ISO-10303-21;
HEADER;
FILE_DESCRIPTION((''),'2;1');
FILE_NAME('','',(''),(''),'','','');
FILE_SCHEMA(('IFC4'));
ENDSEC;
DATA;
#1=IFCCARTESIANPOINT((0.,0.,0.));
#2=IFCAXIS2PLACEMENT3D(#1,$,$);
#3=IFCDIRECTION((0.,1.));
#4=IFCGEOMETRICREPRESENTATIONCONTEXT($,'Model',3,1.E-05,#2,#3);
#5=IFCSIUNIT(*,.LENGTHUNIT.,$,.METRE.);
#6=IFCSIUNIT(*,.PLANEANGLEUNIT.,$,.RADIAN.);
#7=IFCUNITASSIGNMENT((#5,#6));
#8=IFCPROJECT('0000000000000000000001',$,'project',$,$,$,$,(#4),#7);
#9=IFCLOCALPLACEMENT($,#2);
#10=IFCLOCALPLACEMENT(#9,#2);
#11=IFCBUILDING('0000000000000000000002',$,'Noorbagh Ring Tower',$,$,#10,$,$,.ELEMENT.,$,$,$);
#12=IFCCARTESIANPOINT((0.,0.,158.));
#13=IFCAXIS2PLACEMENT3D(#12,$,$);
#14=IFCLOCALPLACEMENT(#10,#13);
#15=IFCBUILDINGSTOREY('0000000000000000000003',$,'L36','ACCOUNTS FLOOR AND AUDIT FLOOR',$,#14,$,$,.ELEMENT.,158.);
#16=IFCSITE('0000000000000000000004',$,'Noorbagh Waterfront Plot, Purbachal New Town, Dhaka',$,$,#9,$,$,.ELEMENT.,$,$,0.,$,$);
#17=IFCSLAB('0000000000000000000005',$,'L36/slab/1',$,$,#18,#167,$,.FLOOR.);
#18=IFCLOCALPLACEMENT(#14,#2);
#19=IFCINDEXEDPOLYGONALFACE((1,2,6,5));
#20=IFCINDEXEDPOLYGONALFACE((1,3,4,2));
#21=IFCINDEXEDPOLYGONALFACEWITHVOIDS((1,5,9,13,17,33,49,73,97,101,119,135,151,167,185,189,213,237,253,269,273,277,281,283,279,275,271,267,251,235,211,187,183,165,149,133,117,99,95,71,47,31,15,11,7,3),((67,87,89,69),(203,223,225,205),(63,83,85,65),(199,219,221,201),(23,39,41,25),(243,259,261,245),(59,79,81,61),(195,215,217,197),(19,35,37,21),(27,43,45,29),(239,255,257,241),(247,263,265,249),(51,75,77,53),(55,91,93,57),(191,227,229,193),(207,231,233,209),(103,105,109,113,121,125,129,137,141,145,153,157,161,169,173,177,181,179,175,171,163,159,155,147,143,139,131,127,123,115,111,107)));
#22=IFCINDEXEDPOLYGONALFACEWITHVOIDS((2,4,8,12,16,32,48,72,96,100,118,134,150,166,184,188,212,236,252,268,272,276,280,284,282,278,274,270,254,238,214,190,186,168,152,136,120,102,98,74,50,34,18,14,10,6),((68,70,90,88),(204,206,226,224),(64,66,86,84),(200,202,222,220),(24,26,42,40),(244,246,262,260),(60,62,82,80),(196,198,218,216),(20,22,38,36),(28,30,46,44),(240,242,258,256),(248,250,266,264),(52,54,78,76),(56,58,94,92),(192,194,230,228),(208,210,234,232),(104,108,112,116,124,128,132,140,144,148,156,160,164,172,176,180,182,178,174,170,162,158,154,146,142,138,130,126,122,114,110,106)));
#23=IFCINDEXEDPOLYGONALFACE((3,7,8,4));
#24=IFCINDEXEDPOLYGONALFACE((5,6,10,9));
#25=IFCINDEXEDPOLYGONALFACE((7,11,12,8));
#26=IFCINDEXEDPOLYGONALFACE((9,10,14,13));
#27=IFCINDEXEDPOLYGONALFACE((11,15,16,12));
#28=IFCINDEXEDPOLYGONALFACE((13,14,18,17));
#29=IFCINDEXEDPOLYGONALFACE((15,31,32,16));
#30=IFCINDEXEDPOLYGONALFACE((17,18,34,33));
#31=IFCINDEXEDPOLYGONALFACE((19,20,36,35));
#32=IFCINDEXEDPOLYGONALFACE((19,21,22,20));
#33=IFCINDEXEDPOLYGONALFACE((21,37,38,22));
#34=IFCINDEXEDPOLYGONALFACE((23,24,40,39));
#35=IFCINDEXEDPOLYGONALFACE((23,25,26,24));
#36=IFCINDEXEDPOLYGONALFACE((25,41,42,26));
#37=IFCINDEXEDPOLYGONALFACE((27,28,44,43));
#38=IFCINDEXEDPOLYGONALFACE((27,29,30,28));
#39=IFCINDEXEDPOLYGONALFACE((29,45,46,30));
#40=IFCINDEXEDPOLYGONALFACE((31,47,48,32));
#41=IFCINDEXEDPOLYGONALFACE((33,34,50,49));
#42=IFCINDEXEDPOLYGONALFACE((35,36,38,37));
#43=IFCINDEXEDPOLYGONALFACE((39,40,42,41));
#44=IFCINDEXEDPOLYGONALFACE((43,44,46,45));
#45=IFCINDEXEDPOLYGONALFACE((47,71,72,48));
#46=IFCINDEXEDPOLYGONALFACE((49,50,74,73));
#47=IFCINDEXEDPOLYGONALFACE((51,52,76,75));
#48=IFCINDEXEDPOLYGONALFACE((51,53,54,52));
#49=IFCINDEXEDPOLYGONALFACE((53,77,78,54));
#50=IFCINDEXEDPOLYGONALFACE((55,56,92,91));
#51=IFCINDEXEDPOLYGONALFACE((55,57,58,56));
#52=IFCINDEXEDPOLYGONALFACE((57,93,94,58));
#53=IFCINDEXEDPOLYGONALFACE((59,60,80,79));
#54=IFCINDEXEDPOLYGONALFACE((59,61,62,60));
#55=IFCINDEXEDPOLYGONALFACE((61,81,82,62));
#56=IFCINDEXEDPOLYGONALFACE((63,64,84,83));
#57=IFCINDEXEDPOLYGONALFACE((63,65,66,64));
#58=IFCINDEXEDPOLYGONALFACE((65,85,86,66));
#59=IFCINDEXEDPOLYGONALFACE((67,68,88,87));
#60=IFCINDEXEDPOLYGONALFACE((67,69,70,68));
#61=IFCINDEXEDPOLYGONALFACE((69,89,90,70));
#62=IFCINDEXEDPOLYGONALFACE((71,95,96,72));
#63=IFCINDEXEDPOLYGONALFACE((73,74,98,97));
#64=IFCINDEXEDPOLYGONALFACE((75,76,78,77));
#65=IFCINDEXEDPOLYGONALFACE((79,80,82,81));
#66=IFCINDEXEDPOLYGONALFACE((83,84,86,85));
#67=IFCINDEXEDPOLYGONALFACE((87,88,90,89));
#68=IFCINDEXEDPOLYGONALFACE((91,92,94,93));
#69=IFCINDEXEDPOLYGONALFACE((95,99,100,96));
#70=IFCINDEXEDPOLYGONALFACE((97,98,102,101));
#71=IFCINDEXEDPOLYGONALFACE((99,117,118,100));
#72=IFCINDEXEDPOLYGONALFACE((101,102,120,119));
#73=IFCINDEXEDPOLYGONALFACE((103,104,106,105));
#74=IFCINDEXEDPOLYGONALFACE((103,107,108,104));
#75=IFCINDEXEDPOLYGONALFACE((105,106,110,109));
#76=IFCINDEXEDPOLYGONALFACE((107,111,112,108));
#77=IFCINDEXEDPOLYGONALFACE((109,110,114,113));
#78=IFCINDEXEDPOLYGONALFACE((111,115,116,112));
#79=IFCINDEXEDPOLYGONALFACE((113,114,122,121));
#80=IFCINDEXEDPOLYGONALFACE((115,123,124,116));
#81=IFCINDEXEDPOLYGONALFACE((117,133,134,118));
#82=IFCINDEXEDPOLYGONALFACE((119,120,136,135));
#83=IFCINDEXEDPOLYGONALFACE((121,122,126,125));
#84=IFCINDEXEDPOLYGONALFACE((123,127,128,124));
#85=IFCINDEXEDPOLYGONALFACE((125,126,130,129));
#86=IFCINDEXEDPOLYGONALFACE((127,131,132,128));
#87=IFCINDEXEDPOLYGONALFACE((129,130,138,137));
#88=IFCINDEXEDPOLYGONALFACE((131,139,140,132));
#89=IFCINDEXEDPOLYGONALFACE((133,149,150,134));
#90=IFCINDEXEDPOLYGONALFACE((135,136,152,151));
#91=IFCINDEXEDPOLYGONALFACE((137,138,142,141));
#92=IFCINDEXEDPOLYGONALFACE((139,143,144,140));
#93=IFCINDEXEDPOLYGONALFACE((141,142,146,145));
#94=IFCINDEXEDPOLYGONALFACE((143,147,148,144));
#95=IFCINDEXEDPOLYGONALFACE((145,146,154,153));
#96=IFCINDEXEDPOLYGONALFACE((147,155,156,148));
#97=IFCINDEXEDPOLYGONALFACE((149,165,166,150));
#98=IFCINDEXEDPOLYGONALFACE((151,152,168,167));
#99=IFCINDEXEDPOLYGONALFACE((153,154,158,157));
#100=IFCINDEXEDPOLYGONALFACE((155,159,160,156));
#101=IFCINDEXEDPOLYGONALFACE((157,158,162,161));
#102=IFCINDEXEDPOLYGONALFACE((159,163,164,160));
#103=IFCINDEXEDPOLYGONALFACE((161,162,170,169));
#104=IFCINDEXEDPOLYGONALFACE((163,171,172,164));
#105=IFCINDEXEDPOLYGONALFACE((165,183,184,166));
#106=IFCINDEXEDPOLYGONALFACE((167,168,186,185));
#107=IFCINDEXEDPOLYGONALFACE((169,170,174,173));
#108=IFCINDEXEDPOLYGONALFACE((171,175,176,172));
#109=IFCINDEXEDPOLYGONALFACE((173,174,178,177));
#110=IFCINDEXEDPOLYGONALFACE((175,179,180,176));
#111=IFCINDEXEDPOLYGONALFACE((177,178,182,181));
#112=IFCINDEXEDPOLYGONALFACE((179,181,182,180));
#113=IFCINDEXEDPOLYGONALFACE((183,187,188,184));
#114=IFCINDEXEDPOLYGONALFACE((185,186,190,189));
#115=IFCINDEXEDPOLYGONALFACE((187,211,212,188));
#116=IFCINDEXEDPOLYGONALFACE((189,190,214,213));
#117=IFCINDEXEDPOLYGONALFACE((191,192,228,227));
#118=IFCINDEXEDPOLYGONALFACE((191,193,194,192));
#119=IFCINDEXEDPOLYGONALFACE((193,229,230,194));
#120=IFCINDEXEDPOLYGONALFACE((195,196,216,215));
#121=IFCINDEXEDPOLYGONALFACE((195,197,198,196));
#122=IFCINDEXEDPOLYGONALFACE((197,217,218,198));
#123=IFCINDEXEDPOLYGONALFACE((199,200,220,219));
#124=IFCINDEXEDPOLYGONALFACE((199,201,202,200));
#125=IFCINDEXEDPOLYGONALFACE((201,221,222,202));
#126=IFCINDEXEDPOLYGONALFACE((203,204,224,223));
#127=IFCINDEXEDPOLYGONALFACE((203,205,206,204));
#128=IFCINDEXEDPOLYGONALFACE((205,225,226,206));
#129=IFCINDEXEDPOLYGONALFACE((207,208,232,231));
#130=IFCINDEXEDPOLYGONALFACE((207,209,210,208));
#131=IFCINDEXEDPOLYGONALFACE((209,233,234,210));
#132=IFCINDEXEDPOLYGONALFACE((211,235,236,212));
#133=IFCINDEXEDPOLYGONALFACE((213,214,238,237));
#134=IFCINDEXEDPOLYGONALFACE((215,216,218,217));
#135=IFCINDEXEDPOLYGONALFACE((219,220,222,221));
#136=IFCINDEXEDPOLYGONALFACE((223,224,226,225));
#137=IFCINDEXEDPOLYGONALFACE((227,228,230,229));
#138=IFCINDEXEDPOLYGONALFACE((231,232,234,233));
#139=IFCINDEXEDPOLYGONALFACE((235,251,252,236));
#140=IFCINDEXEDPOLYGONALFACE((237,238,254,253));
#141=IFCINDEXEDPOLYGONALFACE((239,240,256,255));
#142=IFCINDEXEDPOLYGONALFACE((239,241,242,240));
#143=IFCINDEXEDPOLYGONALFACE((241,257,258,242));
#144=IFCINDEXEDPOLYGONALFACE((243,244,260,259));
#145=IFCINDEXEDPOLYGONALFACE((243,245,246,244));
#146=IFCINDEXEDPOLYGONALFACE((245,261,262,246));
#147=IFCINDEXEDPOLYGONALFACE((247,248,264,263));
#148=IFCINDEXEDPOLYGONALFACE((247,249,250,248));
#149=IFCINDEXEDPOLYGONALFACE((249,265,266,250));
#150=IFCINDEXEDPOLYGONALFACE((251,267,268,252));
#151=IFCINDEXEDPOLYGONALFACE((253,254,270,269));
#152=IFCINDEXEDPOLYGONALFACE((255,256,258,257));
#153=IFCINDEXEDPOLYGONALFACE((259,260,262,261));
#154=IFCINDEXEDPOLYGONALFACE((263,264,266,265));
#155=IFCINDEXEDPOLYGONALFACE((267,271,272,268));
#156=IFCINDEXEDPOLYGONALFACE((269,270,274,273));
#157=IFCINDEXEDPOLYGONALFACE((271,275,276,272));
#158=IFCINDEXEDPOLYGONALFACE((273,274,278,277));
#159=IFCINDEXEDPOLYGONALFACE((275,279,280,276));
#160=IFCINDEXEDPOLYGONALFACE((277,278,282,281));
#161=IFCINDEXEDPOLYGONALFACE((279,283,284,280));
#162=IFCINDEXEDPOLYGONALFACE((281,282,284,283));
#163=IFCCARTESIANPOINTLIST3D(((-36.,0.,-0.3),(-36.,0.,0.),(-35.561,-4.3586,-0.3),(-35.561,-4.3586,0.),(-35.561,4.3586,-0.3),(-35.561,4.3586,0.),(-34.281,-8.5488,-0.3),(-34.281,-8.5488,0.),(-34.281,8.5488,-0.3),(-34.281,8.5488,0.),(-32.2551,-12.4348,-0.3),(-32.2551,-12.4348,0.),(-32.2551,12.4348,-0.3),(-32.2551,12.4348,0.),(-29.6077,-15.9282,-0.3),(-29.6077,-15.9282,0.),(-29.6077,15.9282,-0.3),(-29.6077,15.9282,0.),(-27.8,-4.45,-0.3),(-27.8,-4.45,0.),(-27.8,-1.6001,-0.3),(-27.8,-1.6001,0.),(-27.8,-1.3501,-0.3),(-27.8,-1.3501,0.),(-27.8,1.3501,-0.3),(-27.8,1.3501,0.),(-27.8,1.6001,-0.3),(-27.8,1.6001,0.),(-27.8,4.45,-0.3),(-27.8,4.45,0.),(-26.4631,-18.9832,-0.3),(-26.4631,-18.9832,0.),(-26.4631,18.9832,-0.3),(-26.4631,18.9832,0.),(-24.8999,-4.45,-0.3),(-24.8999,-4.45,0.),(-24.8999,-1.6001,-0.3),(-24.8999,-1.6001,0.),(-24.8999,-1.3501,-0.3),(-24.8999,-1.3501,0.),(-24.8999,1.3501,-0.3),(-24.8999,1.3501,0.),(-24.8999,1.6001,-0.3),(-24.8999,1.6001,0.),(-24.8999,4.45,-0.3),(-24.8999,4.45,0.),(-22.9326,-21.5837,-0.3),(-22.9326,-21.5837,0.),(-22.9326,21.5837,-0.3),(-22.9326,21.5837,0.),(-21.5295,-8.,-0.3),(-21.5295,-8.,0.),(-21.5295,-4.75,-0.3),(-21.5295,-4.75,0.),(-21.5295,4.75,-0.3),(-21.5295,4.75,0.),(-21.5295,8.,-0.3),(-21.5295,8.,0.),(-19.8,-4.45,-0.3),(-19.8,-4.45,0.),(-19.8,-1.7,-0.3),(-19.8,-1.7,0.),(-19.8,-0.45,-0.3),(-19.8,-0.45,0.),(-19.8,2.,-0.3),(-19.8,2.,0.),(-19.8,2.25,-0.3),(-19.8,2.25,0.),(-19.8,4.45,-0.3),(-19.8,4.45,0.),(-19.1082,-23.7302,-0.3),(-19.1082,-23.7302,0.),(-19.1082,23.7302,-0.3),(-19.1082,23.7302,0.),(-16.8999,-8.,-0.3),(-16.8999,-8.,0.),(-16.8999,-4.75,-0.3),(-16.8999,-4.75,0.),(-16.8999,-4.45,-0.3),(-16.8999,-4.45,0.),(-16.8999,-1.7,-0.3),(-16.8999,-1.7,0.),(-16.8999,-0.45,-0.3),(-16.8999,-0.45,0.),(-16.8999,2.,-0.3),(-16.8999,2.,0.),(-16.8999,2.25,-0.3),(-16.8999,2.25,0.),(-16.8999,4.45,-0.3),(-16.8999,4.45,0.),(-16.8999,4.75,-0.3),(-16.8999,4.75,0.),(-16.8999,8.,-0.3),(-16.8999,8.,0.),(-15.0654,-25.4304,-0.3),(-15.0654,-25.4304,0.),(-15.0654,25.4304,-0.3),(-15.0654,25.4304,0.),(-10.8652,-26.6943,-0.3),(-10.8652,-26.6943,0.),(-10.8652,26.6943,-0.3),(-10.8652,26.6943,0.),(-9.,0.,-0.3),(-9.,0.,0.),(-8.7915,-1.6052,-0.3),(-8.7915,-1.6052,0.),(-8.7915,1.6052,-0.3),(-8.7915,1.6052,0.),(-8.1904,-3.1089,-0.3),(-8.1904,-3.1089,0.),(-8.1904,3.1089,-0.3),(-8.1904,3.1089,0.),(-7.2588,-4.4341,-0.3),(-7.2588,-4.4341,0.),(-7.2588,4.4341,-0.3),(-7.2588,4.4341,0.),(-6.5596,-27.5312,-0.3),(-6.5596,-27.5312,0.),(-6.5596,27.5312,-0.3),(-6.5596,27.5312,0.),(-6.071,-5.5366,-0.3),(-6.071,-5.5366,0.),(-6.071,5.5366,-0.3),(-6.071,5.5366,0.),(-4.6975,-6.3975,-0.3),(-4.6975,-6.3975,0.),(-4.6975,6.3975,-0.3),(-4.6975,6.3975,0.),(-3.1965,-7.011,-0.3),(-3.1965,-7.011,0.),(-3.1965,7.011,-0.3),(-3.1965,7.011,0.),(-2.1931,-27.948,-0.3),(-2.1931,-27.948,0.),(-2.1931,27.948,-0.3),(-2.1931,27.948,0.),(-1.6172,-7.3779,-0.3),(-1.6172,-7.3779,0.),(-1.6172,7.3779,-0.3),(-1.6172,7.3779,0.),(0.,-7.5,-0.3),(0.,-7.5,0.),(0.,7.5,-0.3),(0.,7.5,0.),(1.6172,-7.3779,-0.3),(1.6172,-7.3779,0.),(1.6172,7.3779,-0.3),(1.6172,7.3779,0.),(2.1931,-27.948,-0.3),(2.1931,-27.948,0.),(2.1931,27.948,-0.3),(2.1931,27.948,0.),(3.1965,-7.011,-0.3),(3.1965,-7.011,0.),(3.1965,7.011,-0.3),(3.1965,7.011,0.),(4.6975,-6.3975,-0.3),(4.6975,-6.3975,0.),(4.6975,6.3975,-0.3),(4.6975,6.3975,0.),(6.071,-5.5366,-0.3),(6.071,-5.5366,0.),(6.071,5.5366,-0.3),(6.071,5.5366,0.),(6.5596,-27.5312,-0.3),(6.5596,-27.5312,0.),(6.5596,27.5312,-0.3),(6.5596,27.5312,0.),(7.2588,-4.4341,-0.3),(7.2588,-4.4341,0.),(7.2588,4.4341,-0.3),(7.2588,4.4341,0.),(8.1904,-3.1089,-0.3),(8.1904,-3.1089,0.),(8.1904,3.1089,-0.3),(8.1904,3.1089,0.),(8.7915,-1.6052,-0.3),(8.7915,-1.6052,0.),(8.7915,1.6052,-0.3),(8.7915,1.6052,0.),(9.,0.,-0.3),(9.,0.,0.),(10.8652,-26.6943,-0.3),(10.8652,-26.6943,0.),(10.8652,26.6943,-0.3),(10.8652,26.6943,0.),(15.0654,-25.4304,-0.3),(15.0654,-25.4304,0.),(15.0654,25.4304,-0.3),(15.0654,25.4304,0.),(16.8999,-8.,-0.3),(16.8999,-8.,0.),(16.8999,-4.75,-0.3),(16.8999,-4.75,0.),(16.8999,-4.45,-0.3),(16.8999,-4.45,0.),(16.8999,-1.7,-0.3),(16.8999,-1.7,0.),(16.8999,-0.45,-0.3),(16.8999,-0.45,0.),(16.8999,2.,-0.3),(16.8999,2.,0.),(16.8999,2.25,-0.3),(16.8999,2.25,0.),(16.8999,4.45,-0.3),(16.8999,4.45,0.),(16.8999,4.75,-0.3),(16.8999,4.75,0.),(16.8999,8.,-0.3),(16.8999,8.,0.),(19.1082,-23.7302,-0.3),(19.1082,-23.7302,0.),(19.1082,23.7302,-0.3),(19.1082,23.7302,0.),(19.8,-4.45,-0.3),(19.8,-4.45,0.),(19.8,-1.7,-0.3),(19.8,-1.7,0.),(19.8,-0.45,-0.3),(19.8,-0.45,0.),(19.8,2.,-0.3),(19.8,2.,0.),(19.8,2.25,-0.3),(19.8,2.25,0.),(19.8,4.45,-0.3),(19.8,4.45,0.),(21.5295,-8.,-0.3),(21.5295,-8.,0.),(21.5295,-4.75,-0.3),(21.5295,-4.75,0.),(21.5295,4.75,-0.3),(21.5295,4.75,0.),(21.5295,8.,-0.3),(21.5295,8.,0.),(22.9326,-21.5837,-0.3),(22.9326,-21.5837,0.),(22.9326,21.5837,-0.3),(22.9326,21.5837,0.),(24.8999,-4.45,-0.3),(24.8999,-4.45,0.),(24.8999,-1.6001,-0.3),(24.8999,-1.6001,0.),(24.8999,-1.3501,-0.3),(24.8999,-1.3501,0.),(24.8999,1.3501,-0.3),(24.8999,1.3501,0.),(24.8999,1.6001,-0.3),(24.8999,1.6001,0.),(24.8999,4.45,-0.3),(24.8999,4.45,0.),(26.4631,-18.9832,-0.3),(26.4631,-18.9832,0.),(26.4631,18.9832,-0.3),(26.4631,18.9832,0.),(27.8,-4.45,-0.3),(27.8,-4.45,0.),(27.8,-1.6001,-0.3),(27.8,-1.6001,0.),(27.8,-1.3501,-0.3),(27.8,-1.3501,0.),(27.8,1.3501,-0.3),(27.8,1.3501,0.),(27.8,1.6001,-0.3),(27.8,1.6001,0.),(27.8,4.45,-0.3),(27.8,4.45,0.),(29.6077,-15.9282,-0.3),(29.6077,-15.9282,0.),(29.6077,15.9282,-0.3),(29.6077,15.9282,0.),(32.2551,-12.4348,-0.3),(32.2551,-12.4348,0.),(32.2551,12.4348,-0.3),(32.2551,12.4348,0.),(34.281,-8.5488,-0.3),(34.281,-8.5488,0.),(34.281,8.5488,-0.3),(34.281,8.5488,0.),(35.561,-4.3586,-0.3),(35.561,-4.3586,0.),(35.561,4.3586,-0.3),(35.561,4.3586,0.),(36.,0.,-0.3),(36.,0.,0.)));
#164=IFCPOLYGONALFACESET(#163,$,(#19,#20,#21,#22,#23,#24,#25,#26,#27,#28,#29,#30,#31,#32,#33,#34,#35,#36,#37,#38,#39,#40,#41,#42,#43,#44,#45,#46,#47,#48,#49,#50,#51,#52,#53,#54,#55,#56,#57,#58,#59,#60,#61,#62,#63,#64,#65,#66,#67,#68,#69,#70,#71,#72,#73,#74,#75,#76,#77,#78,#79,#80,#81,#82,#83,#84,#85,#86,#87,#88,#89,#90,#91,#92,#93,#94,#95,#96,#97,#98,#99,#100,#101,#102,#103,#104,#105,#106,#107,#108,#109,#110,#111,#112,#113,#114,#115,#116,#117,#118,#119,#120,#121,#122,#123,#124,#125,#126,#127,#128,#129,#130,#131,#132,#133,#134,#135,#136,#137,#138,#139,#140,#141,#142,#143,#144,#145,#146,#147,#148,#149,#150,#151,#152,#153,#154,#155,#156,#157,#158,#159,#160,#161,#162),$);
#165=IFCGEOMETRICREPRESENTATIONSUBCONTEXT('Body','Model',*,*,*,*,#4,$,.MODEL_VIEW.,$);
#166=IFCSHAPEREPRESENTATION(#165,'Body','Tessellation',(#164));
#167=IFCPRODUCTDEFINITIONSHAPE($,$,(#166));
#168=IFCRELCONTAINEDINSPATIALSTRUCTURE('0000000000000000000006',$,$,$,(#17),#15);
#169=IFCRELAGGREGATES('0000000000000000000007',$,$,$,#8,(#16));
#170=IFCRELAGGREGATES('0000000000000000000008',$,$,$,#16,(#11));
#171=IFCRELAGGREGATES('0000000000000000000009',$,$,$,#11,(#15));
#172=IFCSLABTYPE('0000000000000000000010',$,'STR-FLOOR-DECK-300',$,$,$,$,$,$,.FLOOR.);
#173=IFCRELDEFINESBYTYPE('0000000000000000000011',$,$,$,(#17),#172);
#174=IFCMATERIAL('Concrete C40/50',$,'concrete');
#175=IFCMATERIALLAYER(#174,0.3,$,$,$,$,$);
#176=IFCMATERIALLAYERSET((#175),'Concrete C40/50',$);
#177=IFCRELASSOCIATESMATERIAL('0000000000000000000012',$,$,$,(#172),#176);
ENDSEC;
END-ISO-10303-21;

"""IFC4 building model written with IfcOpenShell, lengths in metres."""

from ifc_helpers import new_model, si_unit, direction, frame, origin, place, context, subcontext, project, spatial, polyline, outline, extrude, material, layer, layer_set, type_object, element, save


model = new_model("IFC4")

# Units and contexts
model_context = context("Model", 3, precision=1e-05, world=origin(), true_north=direction((0.0, 1.0)))
body_context = subcontext(model_context, "Body", "Model", "MODEL_VIEW")
ifc_project = project(units=[si_unit("LENGTHUNIT", "METRE"), si_unit("PLANEANGLEUNIT", "RADIAN")], contexts=[model_context])

# Site, building, storey
site_placement = place(None, origin())
site = spatial("IfcSite", under=ifc_project, at=site_placement, Name="Noorbagh Waterfront Plot, Purbachal New Town, Dhaka", CompositionType="ELEMENT", RefElevation=0.0)
building_placement = place(site_placement, origin())
building = spatial("IfcBuilding", under=site, at=building_placement, Name="Noorbagh Ring Tower", CompositionType="ELEMENT")
storey_placement = place(building_placement, frame((0.0, 0.0, 158.0)))
storey = spatial("IfcBuildingStorey", under=building, at=storey_placement, Name="L36", Description="ACCOUNTS FLOOR AND AUDIT FLOOR", CompositionType="ELEMENT", Elevation=158.0)

# Slab
ifc_material_1 = material(Name="Concrete C40/50", Category="concrete")
ifc_layer_1 = layer(ifc_material_1, 0.3)
ifc_layer_set_1 = layer_set([ifc_layer_1], Name="Concrete C40/50")
slab_type_1 = type_object("IfcSlabType", Name="STR-FLOOR-DECK-300", PredefinedType="FLOOR", material=ifc_layer_set_1)
slab_1_placement = place(storey_placement, frame((0.0, 0.0, -0.3)))
element("IfcSlab", 1, at=slab_1_placement, inside=storey, type_object=slab_type_1, Name="L36/slab/1", PredefinedType="FLOOR", context=body_context, shape_type="SweptSolid", body=[
    extrude(outline(polyline([(36.0, 0.0), (35.561, 4.3586), (34.281, 8.5488), (32.2551, 12.4348), (29.6077, 15.9282), (26.4631, 18.9832), (22.9326, 21.5837), (19.1082, 23.7302), (15.0654, 25.4304), (10.8652, 26.6943), (6.5596, 27.5312), (2.1931, 27.948), (-2.1931, 27.948), (-6.5596, 27.5312), (-10.8652, 26.6943), (-15.0654, 25.4304), (-19.1082, 23.7302), (-22.9326, 21.5837), (-26.4631, 18.9832), (-29.6077, 15.9282), (-32.2551, 12.4348), (-34.281, 8.5488), (-35.561, 4.3586), (-36.0, 0.0), (-35.561, -4.3586), (-34.281, -8.5488), (-32.2551, -12.4348), (-29.6077, -15.9282), (-26.4631, -18.9832), (-22.9326, -21.5837), (-19.1082, -23.7302), (-15.0654, -25.4304), (-10.8652, -26.6943), (-6.5596, -27.5312), (-2.1931, -27.948), (2.1931, -27.948), (6.5596, -27.5312), (10.8652, -26.6943), (15.0654, -25.4304), (19.1082, -23.7302), (22.9326, -21.5837), (26.4631, -18.9832), (29.6077, -15.9282), (32.2551, -12.4348), (34.281, -8.5488), (35.561, -4.3586), (36.0, 0.0)]), holes=[polyline([(24.8999, 4.45), (27.8, 4.45), (27.8, 1.6001), (24.8999, 1.6001), (24.8999, 4.45)]), polyline([(24.8999, 1.3501), (27.8, 1.3501), (27.8, -1.3501), (24.8999, -1.3501), (24.8999, 1.3501)]), polyline([(24.8999, -1.6001), (27.8, -1.6001), (27.8, -4.45), (24.8999, -4.45), (24.8999, -1.6001)]), polyline([(21.5295, -8.0), (16.8999, -8.0), (16.8999, -4.75), (21.5295, -4.75), (21.5295, -8.0)]), polyline([(16.8999, 4.75), (16.8999, 8.0), (21.5295, 8.0), (21.5295, 4.75), (16.8999, 4.75)]), polyline([(19.8, 4.45), (19.8, 2.25), (16.8999, 2.25), (16.8999, 4.45), (19.8, 4.45)]), polyline([(16.8999, 2.0), (19.8, 2.0), (19.8, -0.45), (16.8999, -0.45), (16.8999, 2.0)]), polyline([(16.8999, -1.7), (19.8, -1.7), (19.8, -4.45), (16.8999, -4.45), (16.8999, -1.7)]), polyline([(4.6975, -6.3975), (3.1965, -7.011), (1.6172, -7.3779), (0.0, -7.5), (-1.6172, -7.3779), (-3.1965, -7.011), (-4.6975, -6.3975), (-6.071, -5.5366), (-7.2588, -4.4341), (-8.1904, -3.1089), (-8.7915, -1.6052), (-9.0, 0.0), (-8.7915, 1.6052), (-8.1904, 3.1089), (-7.2588, 4.4341), (-6.071, 5.5366), (-4.6975, 6.3975), (-3.1965, 7.011), (-1.6172, 7.3779), (0.0, 7.5), (1.6172, 7.3779), (3.1965, 7.011), (4.6975, 6.3975), (6.071, 5.5366), (7.2588, 4.4341), (8.1904, 3.1089), (8.7915, 1.6052), (9.0, 0.0), (8.7915, -1.6052), (8.1904, -3.1089), (7.2588, -4.4341), (6.071, -5.5366), (4.6975, -6.3975)]), polyline([(-16.8999, 2.25), (-19.8, 2.25), (-19.8, 4.45), (-16.8999, 4.45), (-16.8999, 2.25)]), polyline([(-16.8999, -0.45), (-19.8, -0.45), (-19.8, 2.0), (-16.8999, 2.0), (-16.8999, -0.45)]), polyline([(-16.8999, -4.45), (-19.8, -4.45), (-19.8, -1.7), (-16.8999, -1.7), (-16.8999, -4.45)]), polyline([(-21.5295, 8.0), (-16.8999, 8.0), (-16.8999, 4.75), (-21.5295, 4.75), (-21.5295, 8.0)]), polyline([(-21.5295, -4.75), (-16.8999, -4.75), (-16.8999, -8.0), (-21.5295, -8.0), (-21.5295, -4.75)]), polyline([(-24.8999, -4.45), (-27.8, -4.45), (-27.8, -1.6001), (-24.8999, -1.6001), (-24.8999, -4.45)]), polyline([(-24.8999, 1.6001), (-27.8, 1.6001), (-27.8, 4.45), (-24.8999, 4.45), (-24.8999, 1.6001)]), polyline([(-24.8999, -1.3501), (-27.8, -1.3501), (-27.8, 1.3501), (-24.8999, 1.3501), (-24.8999, -1.3501)])]), origin(), (0.0, 0.0, 1.0), 0.3),
])

save(model, "model.ifc")
